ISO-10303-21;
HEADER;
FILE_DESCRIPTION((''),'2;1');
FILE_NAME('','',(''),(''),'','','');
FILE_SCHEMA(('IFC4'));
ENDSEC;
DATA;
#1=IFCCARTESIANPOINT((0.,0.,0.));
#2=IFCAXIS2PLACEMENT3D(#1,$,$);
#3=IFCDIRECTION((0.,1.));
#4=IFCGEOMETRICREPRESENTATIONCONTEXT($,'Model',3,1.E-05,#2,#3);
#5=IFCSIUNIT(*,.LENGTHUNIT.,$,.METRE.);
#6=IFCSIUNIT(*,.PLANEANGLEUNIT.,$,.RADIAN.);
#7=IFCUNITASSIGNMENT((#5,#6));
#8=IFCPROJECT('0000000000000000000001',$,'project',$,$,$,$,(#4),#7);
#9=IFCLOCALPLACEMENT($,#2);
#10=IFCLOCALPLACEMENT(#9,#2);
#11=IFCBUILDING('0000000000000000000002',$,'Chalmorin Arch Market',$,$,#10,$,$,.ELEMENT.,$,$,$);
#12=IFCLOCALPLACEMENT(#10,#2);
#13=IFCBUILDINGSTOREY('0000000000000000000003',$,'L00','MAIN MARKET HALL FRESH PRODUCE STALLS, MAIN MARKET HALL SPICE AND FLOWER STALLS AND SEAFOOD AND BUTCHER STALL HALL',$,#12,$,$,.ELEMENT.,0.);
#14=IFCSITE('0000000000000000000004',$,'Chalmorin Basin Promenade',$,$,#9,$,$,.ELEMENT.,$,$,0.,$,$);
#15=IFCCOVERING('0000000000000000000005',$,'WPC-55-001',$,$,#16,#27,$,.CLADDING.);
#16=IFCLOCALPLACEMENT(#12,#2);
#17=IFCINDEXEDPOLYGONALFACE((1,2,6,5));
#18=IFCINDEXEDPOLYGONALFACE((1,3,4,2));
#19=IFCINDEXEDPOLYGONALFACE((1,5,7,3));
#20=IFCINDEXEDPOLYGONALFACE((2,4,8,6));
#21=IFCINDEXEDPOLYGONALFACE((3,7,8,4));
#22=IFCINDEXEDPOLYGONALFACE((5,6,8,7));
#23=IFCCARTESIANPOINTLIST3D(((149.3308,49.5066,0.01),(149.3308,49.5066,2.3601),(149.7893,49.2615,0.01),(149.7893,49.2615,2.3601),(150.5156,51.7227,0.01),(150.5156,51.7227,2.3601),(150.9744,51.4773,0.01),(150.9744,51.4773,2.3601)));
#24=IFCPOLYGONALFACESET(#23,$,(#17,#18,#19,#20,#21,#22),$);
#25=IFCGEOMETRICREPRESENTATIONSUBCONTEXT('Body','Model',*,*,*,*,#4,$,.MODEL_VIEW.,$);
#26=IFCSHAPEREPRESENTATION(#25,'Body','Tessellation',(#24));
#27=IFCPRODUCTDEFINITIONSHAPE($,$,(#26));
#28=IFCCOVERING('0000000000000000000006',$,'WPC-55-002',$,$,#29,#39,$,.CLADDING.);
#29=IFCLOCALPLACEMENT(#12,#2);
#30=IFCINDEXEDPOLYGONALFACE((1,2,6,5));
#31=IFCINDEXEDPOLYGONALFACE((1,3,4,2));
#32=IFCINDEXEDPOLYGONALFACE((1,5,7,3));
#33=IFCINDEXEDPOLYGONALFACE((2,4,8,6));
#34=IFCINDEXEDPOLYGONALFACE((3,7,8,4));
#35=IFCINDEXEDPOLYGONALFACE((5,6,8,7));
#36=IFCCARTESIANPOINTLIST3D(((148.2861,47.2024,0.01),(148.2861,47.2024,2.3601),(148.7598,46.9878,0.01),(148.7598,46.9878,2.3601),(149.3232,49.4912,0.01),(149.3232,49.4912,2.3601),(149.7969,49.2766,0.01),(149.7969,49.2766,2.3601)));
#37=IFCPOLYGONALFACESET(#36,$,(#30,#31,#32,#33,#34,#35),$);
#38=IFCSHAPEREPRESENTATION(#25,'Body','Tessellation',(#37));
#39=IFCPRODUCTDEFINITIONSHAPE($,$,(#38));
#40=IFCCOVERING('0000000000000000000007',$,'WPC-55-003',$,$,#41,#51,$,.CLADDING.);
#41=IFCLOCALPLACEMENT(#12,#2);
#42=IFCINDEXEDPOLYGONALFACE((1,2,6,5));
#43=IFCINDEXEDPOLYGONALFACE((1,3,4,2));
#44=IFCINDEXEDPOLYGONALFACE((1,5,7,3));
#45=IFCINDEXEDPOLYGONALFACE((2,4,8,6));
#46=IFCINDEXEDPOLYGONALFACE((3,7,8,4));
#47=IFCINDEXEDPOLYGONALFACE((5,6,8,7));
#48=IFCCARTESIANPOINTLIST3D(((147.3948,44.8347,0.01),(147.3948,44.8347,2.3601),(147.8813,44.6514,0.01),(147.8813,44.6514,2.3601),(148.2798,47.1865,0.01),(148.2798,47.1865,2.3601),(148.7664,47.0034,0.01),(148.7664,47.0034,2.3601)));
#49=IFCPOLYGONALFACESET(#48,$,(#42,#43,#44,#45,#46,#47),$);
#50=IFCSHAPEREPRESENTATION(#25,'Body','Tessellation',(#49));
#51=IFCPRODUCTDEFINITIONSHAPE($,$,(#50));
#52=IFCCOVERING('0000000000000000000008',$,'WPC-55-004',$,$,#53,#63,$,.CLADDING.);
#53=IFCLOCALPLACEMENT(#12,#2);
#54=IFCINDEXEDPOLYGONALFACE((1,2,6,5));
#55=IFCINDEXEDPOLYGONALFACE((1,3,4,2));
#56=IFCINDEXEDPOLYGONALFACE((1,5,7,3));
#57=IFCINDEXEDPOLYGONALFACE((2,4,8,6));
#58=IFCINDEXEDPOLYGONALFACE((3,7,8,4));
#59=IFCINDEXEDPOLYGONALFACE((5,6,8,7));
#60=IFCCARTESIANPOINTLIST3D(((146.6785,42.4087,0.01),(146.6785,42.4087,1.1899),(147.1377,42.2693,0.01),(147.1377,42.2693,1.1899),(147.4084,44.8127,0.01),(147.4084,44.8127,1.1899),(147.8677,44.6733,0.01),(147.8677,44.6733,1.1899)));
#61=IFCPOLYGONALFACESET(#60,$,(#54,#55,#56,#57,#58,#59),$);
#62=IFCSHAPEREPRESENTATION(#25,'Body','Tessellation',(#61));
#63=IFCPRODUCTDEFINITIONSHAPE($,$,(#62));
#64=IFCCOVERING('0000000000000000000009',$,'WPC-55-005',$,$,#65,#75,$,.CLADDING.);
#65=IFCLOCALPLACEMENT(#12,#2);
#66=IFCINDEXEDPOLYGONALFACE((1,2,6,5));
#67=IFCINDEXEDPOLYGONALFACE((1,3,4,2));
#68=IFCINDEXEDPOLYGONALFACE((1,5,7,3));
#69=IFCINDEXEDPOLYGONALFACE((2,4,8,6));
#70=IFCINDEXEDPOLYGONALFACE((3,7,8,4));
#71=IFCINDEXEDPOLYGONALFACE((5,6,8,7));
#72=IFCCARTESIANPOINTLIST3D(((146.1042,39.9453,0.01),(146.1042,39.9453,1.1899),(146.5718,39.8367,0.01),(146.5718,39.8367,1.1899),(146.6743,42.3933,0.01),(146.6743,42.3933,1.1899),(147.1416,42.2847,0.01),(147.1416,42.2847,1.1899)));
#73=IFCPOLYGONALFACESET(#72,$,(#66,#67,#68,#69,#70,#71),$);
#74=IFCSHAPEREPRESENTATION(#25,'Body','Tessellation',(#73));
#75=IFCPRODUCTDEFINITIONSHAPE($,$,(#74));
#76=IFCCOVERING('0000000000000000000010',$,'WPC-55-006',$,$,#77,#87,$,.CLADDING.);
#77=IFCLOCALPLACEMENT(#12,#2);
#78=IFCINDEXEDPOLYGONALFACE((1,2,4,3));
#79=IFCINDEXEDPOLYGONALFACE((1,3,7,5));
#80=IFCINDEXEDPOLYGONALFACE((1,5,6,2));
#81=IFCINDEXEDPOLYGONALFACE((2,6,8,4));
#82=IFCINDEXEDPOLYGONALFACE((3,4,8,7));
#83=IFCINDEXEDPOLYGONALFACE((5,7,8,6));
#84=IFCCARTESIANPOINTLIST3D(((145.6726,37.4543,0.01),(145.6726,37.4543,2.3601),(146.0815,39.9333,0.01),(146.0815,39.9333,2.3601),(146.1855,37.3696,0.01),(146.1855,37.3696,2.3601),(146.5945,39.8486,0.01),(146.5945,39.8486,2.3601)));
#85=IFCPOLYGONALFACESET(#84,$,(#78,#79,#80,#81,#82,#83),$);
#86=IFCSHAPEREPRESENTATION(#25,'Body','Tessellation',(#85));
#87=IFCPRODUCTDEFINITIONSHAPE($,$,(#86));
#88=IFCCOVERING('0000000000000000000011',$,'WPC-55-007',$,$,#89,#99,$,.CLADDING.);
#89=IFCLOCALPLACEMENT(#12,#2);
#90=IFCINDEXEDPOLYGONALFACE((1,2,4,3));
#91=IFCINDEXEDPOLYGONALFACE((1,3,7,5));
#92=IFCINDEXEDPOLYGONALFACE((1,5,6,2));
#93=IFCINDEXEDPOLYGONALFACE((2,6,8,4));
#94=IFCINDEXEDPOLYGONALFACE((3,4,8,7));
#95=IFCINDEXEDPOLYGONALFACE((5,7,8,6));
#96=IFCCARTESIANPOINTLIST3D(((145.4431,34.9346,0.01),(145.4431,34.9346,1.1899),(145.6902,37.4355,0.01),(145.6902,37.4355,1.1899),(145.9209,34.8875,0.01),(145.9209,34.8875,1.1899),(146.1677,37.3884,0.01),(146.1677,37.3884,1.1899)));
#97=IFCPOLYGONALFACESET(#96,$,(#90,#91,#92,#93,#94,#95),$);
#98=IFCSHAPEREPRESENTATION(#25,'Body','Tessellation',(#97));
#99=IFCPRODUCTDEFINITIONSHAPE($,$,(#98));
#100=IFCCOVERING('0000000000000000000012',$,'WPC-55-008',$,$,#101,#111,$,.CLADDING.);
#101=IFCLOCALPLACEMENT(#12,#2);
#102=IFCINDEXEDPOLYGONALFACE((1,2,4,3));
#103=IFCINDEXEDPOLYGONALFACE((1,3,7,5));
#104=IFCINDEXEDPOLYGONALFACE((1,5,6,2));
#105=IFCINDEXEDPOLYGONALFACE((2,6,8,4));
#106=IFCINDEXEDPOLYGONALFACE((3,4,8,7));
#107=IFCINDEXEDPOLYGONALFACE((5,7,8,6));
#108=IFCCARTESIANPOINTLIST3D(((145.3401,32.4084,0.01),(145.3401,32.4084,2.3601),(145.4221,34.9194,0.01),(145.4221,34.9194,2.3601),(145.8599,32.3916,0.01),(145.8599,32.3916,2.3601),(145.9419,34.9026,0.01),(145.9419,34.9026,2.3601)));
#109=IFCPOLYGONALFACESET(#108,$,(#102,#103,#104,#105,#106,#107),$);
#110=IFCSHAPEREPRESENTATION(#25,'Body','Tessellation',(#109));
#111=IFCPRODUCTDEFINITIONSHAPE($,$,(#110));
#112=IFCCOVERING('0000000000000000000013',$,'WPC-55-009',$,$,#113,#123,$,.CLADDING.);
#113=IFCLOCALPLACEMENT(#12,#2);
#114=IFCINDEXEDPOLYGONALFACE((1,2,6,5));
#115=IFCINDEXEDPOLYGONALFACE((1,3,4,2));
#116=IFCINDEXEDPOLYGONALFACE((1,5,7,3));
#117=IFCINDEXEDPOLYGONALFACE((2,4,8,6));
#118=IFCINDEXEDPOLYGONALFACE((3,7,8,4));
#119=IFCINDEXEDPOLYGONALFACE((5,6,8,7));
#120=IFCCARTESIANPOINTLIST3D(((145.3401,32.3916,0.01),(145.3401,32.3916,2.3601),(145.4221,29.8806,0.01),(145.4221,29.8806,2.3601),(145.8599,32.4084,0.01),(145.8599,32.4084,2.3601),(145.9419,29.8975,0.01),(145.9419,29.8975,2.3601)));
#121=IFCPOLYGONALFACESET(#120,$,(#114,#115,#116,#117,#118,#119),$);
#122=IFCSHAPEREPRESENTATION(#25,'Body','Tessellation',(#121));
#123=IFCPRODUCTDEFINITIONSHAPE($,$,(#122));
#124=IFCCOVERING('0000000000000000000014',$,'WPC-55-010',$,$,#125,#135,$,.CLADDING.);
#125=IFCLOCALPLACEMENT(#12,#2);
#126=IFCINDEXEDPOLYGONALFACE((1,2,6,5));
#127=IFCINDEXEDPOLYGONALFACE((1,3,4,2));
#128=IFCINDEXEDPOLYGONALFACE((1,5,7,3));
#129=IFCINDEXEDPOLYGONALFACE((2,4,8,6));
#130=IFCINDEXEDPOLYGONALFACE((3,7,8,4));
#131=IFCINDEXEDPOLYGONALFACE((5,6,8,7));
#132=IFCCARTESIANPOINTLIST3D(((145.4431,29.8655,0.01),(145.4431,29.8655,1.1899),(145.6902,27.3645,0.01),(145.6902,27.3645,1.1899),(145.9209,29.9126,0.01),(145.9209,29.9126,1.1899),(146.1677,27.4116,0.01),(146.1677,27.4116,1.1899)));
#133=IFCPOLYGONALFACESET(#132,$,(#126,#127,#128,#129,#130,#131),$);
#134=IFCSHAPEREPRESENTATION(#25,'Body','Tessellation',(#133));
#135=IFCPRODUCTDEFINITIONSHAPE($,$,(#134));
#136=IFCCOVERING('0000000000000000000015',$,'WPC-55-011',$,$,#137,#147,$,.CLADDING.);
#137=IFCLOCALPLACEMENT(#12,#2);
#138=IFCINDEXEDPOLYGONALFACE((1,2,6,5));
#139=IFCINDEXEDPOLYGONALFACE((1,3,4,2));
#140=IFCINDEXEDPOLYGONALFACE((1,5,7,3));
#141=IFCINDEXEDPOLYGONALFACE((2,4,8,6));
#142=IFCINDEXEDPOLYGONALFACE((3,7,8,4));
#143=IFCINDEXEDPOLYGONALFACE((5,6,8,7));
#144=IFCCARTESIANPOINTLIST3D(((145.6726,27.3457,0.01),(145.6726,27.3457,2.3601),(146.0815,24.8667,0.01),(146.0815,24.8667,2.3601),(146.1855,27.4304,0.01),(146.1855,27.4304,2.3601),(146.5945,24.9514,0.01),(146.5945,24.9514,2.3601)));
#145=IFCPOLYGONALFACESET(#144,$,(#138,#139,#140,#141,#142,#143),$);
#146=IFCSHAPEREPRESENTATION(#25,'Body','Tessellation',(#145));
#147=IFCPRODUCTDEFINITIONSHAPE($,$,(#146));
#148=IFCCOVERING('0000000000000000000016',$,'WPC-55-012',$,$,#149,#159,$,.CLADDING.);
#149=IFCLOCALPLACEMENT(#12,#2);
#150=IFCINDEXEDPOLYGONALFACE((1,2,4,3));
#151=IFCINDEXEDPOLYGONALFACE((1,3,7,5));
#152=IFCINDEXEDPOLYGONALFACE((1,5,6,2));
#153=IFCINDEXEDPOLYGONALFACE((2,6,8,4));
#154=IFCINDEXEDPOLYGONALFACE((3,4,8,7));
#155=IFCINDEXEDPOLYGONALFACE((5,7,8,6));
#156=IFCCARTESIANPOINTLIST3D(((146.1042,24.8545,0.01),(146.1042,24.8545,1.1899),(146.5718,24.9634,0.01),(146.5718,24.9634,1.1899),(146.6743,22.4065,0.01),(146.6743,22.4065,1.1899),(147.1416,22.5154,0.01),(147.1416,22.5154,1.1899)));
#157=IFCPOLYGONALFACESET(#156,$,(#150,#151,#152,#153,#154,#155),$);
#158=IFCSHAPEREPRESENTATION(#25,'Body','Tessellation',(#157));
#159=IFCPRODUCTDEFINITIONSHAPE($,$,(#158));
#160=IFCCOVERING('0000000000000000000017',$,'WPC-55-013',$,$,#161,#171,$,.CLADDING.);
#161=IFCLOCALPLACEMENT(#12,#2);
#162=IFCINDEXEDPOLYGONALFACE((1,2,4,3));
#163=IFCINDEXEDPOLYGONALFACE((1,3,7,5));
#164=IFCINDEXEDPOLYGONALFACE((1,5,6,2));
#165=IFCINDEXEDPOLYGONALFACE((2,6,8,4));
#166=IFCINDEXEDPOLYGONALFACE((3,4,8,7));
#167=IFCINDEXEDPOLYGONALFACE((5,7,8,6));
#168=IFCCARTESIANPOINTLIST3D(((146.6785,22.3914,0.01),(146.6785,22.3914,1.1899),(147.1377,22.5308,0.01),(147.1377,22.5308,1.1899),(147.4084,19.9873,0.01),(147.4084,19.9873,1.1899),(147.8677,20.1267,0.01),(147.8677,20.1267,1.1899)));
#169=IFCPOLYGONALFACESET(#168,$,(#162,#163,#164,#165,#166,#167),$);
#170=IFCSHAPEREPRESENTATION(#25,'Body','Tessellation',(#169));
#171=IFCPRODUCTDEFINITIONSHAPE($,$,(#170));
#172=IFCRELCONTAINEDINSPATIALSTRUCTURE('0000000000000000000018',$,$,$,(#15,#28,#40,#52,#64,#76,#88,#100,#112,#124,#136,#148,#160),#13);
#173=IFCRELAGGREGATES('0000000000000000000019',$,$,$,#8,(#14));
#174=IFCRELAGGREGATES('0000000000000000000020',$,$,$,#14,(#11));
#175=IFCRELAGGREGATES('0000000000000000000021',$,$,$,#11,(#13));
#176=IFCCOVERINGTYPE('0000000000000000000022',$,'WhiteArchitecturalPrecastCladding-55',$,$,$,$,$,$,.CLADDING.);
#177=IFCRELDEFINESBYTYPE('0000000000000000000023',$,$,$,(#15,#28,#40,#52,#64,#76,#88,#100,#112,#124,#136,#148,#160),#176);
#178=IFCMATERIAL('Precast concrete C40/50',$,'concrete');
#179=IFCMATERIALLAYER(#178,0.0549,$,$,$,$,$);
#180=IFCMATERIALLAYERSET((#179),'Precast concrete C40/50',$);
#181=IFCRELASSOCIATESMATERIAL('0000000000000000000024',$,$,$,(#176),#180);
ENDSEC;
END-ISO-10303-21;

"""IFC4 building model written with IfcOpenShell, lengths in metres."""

from ifc_helpers import new_model, si_unit, direction, frame, origin, place, context, subcontext, project, spatial, polyline, outline, extrude, material, layer, layer_set, type_object, element, save


model = new_model("IFC4")

# Units and contexts
model_context = context("Model", 3, precision=1e-05, world=origin(), true_north=direction((0.0, 1.0)))
body_context = subcontext(model_context, "Body", "Model", "MODEL_VIEW")
ifc_project = project(units=[si_unit("LENGTHUNIT", "METRE"), si_unit("PLANEANGLEUNIT", "RADIAN")], contexts=[model_context])

# Site, building, storey
site_placement = place(None, origin())
site = spatial("IfcSite", under=ifc_project, at=site_placement, Name="Chalmorin Basin Promenade", CompositionType="ELEMENT", RefElevation=0.0)
building_placement = place(site_placement, origin())
building = spatial("IfcBuilding", under=site, at=building_placement, Name="Chalmorin Arch Market", CompositionType="ELEMENT")
storey_placement = place(building_placement, origin())
storey = spatial("IfcBuildingStorey", under=building, at=storey_placement, Name="L00", Description="MAIN MARKET HALL FRESH PRODUCE STALLS, MAIN MARKET HALL SPICE AND FLOWER STALLS AND SEAFOOD AND BUTCHER STALL HALL", CompositionType="ELEMENT", Elevation=0.0)

# Coverings
ifc_material_1 = material(Name="Precast concrete C40/50", Category="concrete")
ifc_layer_1 = layer(ifc_material_1, 0.0549)
ifc_layer_set_1 = layer_set([ifc_layer_1], Name="Precast concrete C40/50")
covering_type_1 = type_object("IfcCoveringType", Name="WhiteArchitecturalPrecastCladding-55", PredefinedType="CLADDING", material=ifc_layer_set_1)
covering_1_placement = place(storey_placement, frame((0.0, 0.0, 0.01)))
element("IfcCovering", 1, at=covering_1_placement, inside=storey, type_object=covering_type_1, Name="WPC-55-001", PredefinedType="CLADDING", context=body_context, shape_type="SweptSolid", body=[
    extrude(outline(polyline([(150.5156, 51.7227), (149.3308, 49.5066), (149.7893, 49.2615), (150.9744, 51.4773), (150.5156, 51.7227)])), origin(), (0.0, 0.0, 1.0), 2.3501),
])
covering_2_placement = place(storey_placement, frame((0.0, 0.0, 0.01)))
element("IfcCovering", 2, at=covering_2_placement, inside=storey, type_object=covering_type_1, Name="WPC-55-002", PredefinedType="CLADDING", context=body_context, shape_type="SweptSolid", body=[
    extrude(outline(polyline([(149.3232, 49.4912), (148.2861, 47.2024), (148.7598, 46.9878), (149.7969, 49.2766), (149.3232, 49.4912)])), origin(), (0.0, 0.0, 1.0), 2.3501),
])
covering_3_placement = place(storey_placement, frame((0.0, 0.0, 0.01)))
element("IfcCovering", 3, at=covering_3_placement, inside=storey, type_object=covering_type_1, Name="WPC-55-003", PredefinedType="CLADDING", context=body_context, shape_type="SweptSolid", body=[
    extrude(outline(polyline([(148.2798, 47.1865), (147.3948, 44.8347), (147.8813, 44.6514), (148.7664, 47.0034), (148.2798, 47.1865)])), origin(), (0.0, 0.0, 1.0), 2.3501),
])
covering_4_placement = place(storey_placement, frame((0.0, 0.0, 0.01)))
element("IfcCovering", 4, at=covering_4_placement, inside=storey, type_object=covering_type_1, Name="WPC-55-004", PredefinedType="CLADDING", context=body_context, shape_type="SweptSolid", body=[
    extrude(outline(polyline([(147.4084, 44.8127), (146.6785, 42.4087), (147.1377, 42.2693), (147.8677, 44.6733), (147.4084, 44.8127)])), origin(), (0.0, 0.0, 1.0), 1.1799),
])
covering_5_placement = place(storey_placement, frame((0.0, 0.0, 0.01)))
element("IfcCovering", 5, at=covering_5_placement, inside=storey, type_object=covering_type_1, Name="WPC-55-005", PredefinedType="CLADDING", context=body_context, shape_type="SweptSolid", body=[
    extrude(outline(polyline([(146.6743, 42.3933), (146.1042, 39.9453), (146.5718, 39.8367), (147.1416, 42.2847), (146.6743, 42.3933)])), origin(), (0.0, 0.0, 1.0), 1.1799),
])
covering_6_placement = place(storey_placement, frame((0.0, 0.0, 0.01)))
element("IfcCovering", 6, at=covering_6_placement, inside=storey, type_object=covering_type_1, Name="WPC-55-006", PredefinedType="CLADDING", context=body_context, shape_type="SweptSolid", body=[
    extrude(outline(polyline([(146.0815, 39.9333), (145.6726, 37.4543), (146.1855, 37.3696), (146.5945, 39.8486), (146.0815, 39.9333)])), origin(), (0.0, 0.0, 1.0), 2.3501),
])
covering_7_placement = place(storey_placement, frame((0.0, 0.0, 0.01)))
element("IfcCovering", 7, at=covering_7_placement, inside=storey, type_object=covering_type_1, Name="WPC-55-007", PredefinedType="CLADDING", context=body_context, shape_type="SweptSolid", body=[
    extrude(outline(polyline([(145.6902, 37.4355), (145.4431, 34.9346), (145.9209, 34.8875), (146.1677, 37.3884), (145.6902, 37.4355)])), origin(), (0.0, 0.0, 1.0), 1.1799),
])
covering_8_placement = place(storey_placement, frame((0.0, 0.0, 0.01)))
element("IfcCovering", 8, at=covering_8_placement, inside=storey, type_object=covering_type_1, Name="WPC-55-008", PredefinedType="CLADDING", context=body_context, shape_type="SweptSolid", body=[
    extrude(outline(polyline([(145.4221, 34.9194), (145.3401, 32.4084), (145.8599, 32.3916), (145.9419, 34.9026), (145.4221, 34.9194)])), origin(), (0.0, 0.0, 1.0), 2.3501),
])
covering_9_placement = place(storey_placement, frame((0.0, 0.0, 0.01)))
element("IfcCovering", 9, at=covering_9_placement, inside=storey, type_object=covering_type_1, Name="WPC-55-009", PredefinedType="CLADDING", context=body_context, shape_type="SweptSolid", body=[
    extrude(outline(polyline([(145.3401, 32.3916), (145.4221, 29.8806), (145.9419, 29.8975), (145.8599, 32.4084), (145.3401, 32.3916)])), origin(), (0.0, 0.0, 1.0), 2.3501),
])
covering_10_placement = place(storey_placement, frame((0.0, 0.0, 0.01)))
element("IfcCovering", 10, at=covering_10_placement, inside=storey, type_object=covering_type_1, Name="WPC-55-010", PredefinedType="CLADDING", context=body_context, shape_type="SweptSolid", body=[
    extrude(outline(polyline([(145.4431, 29.8655), (145.6902, 27.3645), (146.1677, 27.4116), (145.9209, 29.9126), (145.4431, 29.8655)])), origin(), (0.0, 0.0, 1.0), 1.1799),
])
covering_11_placement = place(storey_placement, frame((0.0, 0.0, 0.01)))
element("IfcCovering", 11, at=covering_11_placement, inside=storey, type_object=covering_type_1, Name="WPC-55-011", PredefinedType="CLADDING", context=body_context, shape_type="SweptSolid", body=[
    extrude(outline(polyline([(145.6726, 27.3457), (146.0815, 24.8667), (146.5945, 24.9514), (146.1855, 27.4304), (145.6726, 27.3457)])), origin(), (0.0, 0.0, 1.0), 2.3501),
])
covering_12_placement = place(storey_placement, frame((0.0, 0.0, 0.01)))
element("IfcCovering", 12, at=covering_12_placement, inside=storey, type_object=covering_type_1, Name="WPC-55-012", PredefinedType="CLADDING", context=body_context, shape_type="SweptSolid", body=[
    extrude(outline(polyline([(146.1042, 24.8545), (146.6743, 22.4065), (147.1416, 22.5154), (146.5718, 24.9634), (146.1042, 24.8545)])), origin(), (0.0, 0.0, 1.0), 1.1799),
])
covering_13_placement = place(storey_placement, frame((0.0, 0.0, 0.01)))
element("IfcCovering", 13, at=covering_13_placement, inside=storey, type_object=covering_type_1, Name="WPC-55-013", PredefinedType="CLADDING", context=body_context, shape_type="SweptSolid", body=[
    extrude(outline(polyline([(146.6785, 22.3914), (147.4084, 19.9873), (147.8677, 20.1267), (147.1377, 22.5308), (146.6785, 22.3914)])), origin(), (0.0, 0.0, 1.0), 1.1799),
])

save(model, "model.ifc")
